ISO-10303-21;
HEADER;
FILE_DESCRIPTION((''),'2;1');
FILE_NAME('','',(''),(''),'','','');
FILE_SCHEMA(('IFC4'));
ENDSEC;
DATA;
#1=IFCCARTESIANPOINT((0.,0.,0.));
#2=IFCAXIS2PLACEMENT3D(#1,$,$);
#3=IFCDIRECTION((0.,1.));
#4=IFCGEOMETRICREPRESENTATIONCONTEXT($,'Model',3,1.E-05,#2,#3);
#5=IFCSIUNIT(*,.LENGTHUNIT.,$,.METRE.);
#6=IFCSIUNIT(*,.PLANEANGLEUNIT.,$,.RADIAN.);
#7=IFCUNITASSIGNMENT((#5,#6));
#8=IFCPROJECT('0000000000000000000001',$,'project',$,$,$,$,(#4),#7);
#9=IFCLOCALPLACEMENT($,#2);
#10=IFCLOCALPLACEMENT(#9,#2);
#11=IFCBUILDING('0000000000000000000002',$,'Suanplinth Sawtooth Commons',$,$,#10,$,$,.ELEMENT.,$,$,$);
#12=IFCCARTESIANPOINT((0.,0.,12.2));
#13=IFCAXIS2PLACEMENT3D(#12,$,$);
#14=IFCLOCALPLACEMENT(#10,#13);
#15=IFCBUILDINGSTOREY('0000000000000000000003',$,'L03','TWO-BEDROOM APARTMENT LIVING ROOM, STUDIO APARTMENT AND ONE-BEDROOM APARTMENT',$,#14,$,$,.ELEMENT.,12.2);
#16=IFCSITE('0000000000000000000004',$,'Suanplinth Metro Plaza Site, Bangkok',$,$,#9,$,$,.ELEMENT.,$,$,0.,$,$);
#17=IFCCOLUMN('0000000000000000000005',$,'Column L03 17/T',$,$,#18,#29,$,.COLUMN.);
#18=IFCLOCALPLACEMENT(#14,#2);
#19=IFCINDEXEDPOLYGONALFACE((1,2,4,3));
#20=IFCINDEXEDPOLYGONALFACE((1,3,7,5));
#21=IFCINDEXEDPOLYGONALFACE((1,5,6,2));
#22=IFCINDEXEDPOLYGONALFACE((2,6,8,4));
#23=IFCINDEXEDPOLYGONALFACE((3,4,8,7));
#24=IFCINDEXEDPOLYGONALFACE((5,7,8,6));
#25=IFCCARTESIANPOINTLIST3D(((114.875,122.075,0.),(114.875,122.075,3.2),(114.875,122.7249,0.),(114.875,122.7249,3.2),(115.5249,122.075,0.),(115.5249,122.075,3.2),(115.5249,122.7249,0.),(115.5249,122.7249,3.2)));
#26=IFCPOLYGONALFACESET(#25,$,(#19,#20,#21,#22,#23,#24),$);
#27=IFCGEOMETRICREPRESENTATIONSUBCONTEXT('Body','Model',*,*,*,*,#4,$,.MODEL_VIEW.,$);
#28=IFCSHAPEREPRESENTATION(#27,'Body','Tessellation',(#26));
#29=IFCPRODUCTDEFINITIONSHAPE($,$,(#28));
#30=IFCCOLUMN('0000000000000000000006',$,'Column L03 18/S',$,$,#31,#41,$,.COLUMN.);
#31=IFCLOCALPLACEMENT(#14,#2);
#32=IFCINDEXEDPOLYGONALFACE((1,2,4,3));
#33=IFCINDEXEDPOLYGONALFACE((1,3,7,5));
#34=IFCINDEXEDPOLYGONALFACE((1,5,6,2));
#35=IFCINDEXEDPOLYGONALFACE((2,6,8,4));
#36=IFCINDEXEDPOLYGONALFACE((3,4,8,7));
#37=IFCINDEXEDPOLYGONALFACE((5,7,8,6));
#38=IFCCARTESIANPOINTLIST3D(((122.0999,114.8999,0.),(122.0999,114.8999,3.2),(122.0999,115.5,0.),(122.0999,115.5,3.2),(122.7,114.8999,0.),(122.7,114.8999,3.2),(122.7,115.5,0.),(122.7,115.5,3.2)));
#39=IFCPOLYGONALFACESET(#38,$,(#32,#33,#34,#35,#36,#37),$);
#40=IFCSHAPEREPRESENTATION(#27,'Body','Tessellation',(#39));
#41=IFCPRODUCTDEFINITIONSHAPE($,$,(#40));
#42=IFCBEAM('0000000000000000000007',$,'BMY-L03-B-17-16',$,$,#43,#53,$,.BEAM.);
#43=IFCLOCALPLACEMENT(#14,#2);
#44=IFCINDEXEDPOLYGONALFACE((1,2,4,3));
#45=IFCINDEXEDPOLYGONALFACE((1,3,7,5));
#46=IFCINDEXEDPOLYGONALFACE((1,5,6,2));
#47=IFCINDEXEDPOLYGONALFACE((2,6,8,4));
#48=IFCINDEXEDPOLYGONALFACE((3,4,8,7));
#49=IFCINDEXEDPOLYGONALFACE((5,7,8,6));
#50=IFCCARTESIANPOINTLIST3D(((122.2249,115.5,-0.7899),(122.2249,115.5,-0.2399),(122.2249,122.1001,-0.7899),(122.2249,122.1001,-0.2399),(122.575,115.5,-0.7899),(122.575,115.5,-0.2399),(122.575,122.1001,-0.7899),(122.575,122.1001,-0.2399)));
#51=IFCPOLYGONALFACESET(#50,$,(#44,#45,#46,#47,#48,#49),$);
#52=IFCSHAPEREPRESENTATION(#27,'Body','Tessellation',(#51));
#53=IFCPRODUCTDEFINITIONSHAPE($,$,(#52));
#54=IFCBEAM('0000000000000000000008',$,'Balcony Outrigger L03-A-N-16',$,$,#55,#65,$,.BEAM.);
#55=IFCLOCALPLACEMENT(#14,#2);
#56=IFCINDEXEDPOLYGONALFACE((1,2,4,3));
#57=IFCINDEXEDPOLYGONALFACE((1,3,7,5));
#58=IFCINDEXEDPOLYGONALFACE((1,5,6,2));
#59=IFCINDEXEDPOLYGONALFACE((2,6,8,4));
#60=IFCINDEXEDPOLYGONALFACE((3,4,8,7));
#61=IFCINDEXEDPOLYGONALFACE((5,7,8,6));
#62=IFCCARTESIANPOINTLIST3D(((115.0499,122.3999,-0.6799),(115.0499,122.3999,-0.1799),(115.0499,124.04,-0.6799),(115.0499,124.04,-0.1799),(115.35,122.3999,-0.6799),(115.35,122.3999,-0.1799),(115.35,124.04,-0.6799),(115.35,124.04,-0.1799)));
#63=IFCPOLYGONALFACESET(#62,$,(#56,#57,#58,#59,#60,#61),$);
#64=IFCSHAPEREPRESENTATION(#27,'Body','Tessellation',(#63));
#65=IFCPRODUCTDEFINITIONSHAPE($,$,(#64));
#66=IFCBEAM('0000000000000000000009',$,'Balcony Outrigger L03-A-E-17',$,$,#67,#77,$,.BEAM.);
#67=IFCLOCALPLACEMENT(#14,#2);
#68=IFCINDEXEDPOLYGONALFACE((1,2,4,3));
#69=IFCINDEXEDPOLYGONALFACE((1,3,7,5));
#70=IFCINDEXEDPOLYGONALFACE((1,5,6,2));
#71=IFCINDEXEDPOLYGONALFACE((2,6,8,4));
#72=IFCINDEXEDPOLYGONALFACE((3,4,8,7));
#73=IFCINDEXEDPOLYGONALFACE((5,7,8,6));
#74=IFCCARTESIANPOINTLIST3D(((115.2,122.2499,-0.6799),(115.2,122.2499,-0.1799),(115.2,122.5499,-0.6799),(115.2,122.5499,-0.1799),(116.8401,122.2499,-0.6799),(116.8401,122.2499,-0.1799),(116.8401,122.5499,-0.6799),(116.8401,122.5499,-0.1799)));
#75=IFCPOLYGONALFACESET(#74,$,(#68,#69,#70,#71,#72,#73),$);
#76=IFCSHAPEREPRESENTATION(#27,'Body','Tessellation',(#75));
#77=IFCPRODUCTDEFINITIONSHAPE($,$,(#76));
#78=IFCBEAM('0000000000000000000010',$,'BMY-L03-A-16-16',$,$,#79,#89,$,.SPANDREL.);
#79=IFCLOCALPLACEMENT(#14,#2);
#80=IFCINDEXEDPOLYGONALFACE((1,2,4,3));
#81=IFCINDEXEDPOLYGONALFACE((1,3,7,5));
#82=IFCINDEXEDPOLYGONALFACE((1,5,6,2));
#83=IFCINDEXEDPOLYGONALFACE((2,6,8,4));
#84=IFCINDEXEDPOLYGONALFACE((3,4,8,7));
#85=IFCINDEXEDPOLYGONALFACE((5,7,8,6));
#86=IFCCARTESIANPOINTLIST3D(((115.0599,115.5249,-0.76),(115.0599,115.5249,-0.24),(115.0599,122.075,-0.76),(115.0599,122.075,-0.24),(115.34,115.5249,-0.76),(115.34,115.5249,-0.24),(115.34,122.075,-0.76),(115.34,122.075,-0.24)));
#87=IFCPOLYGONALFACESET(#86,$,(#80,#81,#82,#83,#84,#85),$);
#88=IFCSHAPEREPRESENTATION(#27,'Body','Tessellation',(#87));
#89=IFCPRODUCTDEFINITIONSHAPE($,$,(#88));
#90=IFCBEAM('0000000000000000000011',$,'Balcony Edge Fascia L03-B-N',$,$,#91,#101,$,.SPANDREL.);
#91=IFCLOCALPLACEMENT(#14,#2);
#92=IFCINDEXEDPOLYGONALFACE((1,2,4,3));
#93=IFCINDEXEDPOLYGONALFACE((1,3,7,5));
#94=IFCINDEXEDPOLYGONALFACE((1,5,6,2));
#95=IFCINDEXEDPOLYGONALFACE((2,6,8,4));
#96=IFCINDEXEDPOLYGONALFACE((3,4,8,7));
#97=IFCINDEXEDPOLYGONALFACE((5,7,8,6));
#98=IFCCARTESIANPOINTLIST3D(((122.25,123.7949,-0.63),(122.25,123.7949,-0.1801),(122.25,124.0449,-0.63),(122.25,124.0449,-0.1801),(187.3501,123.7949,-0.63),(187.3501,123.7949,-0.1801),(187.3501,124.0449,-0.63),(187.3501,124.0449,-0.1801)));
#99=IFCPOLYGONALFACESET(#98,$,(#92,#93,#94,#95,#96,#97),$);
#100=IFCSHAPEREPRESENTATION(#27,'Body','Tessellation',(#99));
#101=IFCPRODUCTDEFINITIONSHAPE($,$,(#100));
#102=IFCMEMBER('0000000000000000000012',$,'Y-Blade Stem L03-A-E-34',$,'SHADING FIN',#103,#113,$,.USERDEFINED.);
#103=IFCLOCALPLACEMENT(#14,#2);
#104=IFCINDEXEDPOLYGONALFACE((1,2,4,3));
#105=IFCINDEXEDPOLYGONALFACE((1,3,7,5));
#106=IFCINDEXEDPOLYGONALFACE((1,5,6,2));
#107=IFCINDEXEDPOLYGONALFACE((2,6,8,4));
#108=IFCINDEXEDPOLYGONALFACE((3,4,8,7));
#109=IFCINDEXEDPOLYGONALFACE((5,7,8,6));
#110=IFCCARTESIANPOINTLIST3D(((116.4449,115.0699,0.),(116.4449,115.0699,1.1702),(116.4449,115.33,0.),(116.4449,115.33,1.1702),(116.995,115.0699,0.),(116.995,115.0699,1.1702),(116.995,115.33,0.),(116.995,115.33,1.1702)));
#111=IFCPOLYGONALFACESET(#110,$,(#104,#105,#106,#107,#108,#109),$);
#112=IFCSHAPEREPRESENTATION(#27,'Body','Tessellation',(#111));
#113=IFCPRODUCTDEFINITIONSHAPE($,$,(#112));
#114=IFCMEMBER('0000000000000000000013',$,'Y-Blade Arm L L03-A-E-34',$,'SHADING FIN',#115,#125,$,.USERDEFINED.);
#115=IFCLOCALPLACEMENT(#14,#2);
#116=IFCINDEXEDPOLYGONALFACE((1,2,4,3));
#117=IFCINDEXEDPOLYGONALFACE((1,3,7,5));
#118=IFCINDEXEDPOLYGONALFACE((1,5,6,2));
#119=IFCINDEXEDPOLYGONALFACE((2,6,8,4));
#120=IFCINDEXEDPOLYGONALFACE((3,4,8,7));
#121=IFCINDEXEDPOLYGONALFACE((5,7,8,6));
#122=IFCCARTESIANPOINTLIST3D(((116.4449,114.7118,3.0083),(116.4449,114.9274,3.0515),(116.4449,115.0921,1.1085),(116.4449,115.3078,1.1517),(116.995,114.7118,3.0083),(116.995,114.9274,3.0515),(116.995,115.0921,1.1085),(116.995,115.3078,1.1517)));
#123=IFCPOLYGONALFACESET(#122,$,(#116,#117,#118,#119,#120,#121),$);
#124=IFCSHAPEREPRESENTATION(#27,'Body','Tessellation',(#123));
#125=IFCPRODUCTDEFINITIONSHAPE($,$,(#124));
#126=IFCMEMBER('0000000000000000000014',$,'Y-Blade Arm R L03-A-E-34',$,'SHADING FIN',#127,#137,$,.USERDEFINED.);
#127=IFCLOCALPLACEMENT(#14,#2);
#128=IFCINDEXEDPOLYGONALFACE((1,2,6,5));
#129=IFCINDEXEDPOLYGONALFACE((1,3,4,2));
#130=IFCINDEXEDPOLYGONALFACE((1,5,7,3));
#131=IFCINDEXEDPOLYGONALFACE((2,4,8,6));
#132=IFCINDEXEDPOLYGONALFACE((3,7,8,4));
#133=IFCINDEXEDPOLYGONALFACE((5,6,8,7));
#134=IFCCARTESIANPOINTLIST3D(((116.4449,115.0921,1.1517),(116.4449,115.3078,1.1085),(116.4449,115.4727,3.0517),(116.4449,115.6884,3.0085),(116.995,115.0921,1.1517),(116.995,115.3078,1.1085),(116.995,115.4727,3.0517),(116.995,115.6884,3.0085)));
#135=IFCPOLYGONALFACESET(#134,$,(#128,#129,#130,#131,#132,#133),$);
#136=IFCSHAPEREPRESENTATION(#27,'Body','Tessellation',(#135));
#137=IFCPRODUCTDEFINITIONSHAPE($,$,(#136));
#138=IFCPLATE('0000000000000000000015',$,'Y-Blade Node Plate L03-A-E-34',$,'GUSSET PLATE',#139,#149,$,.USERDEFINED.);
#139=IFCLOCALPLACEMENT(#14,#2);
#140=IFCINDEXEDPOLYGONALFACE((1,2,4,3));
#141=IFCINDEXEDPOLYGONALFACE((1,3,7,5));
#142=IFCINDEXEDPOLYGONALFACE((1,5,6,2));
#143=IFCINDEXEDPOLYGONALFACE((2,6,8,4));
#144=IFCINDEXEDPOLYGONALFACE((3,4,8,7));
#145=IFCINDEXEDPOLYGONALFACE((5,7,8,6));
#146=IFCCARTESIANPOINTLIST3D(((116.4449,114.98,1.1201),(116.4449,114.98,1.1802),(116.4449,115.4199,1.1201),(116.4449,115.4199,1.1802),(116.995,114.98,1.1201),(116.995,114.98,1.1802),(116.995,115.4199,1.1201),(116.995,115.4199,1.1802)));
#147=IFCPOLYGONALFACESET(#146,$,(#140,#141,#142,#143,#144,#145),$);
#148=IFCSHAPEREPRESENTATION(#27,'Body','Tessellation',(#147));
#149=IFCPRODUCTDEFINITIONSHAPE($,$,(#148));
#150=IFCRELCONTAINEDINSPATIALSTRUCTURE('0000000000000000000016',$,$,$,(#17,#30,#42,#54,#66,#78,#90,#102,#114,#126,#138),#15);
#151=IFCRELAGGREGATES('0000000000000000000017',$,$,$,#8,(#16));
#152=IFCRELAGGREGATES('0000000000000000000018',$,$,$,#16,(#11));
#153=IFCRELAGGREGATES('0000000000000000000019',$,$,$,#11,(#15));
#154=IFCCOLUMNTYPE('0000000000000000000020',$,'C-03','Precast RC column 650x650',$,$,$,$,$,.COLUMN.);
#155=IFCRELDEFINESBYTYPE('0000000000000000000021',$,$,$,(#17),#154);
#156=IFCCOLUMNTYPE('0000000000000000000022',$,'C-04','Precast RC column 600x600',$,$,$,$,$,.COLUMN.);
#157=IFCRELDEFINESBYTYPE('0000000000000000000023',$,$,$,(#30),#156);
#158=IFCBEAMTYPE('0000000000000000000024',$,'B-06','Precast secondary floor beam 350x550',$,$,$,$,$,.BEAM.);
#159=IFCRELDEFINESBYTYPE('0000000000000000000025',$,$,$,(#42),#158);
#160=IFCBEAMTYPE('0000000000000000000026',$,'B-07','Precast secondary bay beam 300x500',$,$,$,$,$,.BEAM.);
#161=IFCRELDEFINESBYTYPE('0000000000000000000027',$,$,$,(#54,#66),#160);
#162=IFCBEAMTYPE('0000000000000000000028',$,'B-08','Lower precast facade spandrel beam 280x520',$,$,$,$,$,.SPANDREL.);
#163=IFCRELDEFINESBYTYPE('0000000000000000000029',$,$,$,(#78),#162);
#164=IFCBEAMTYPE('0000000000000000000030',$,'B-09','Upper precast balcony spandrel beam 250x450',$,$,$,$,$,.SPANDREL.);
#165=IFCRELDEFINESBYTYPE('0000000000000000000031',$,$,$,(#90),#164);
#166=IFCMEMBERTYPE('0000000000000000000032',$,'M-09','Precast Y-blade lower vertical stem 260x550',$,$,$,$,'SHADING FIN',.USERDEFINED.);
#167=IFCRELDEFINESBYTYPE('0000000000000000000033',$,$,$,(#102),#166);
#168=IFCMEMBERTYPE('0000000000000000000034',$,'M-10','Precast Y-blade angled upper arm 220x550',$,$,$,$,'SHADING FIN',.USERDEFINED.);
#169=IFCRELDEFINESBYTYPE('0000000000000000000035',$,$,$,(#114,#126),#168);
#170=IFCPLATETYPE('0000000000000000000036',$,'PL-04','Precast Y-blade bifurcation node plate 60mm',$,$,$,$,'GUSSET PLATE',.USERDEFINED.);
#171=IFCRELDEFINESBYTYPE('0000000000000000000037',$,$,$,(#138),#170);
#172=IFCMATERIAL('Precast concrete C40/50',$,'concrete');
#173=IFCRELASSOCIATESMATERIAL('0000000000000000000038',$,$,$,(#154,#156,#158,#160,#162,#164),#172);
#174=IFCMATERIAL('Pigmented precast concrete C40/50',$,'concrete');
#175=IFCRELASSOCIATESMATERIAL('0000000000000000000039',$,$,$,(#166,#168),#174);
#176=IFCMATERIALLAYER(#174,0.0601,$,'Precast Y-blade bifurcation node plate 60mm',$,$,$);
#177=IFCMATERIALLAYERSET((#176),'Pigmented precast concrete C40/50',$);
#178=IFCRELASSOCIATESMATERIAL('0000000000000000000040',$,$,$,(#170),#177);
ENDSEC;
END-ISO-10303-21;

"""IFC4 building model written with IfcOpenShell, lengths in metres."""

from ifc_helpers import new_model, si_unit, direction, frame, origin, origin_2d, place, context, subcontext, project, spatial, rectangle, extrude, material, layer, layer_set, material_profile, profile_set, type_object, element, save


model = new_model("IFC4")

# Units and contexts
model_context = context("Model", 3, precision=1e-05, world=origin(), true_north=direction((0.0, 1.0)))
body_context = subcontext(model_context, "Body", "Model", "MODEL_VIEW")
ifc_project = project(units=[si_unit("LENGTHUNIT", "METRE"), si_unit("PLANEANGLEUNIT", "RADIAN")], contexts=[model_context])

# Site, building, storey
site_placement = place(None, origin())
site = spatial("IfcSite", under=ifc_project, at=site_placement, Name="Suanplinth Metro Plaza Site, Bangkok", CompositionType="ELEMENT", RefElevation=0.0)
building_placement = place(site_placement, origin())
building = spatial("IfcBuilding", under=site, at=building_placement, Name="Suanplinth Sawtooth Commons", CompositionType="ELEMENT")
storey_placement = place(building_placement, frame((0.0, 0.0, 12.2)))
storey = spatial("IfcBuildingStorey", under=building, at=storey_placement, Name="L03", Description="TWO-BEDROOM APARTMENT LIVING ROOM, STUDIO APARTMENT AND ONE-BEDROOM APARTMENT", CompositionType="ELEMENT", Elevation=12.2)

# Columns
ifc_material_1 = material(Name="Precast concrete C40/50", Category="concrete")
ifc_material_profile_1 = material_profile(ifc_material_1, rectangle(XDim=0.6499, YDim=0.6499, at=origin_2d()), Name="PC-COL 650x650")
ifc_profile_set_1 = profile_set([ifc_material_profile_1], Name="Precast concrete C40/50")
column_type_1 = type_object("IfcColumnType", Name="C-03", Description="Precast RC column 650x650", PredefinedType="COLUMN", material=ifc_profile_set_1)
column_1_placement = place(storey_placement, frame((115.2, 122.3999, 0.0), z_axis=(0.0, 0.0, 1.0), x_axis=(1.0, 0.0, 0.0)))
element("IfcColumn", 1, at=column_1_placement, inside=storey, type_object=column_type_1, Name="Column L03 17/T", PredefinedType="COLUMN", context=body_context, shape_type="SweptSolid", body=[
    extrude(rectangle(XDim=0.6499, YDim=0.6499, at=origin_2d()), origin(), (0.0, 0.0, 1.0), 3.2),
])
ifc_material_profile_2 = material_profile(ifc_material_1, rectangle(XDim=0.6001, YDim=0.6001, at=origin_2d()), Name="PC-COL 600x600")
ifc_profile_set_2 = profile_set([ifc_material_profile_2], Name="Precast concrete C40/50")
column_type_2 = type_object("IfcColumnType", Name="C-04", Description="Precast RC column 600x600", PredefinedType="COLUMN", material=ifc_profile_set_2)
column_2_placement = place(storey_placement, frame((122.3999, 115.2, 0.0), z_axis=(0.0, 0.0, 1.0), x_axis=(1.0, 0.0, 0.0)))
element("IfcColumn", 2, at=column_2_placement, inside=storey, type_object=column_type_2, Name="Column L03 18/S", PredefinedType="COLUMN", context=body_context, shape_type="SweptSolid", body=[
    extrude(rectangle(XDim=0.6001, YDim=0.6001, at=origin_2d()), origin(), (0.0, 0.0, 1.0), 3.2),
])

# Beams
ifc_material_profile_3 = material_profile(ifc_material_1, rectangle(XDim=0.3501, YDim=0.55, at=origin_2d()), Name="PC-BM 350x550")
ifc_profile_set_3 = profile_set([ifc_material_profile_3], Name="Precast concrete C40/50")
beam_type_1 = type_object("IfcBeamType", Name="B-06", Description="Precast secondary floor beam 350x550", PredefinedType="BEAM", material=ifc_profile_set_3)
beam_1_placement = place(storey_placement, frame((122.3999, 115.5, -0.5149), z_axis=(0.0, 1.0, 0.0), x_axis=(-1.0, 0.0, 0.0)))
element("IfcBeam", 3, at=beam_1_placement, inside=storey, type_object=beam_type_1, Name="BMY-L03-B-17-16", PredefinedType="BEAM", context=body_context, shape_type="SweptSolid", body=[
    extrude(rectangle(XDim=0.3501, YDim=0.55, at=origin_2d()), origin(), (0.0, 0.0, 1.0), 6.6001),
])
ifc_material_profile_4 = material_profile(ifc_material_1, rectangle(XDim=0.3, YDim=0.5, at=origin_2d()), Name="PC-BM 300x500")
ifc_profile_set_4 = profile_set([ifc_material_profile_4], Name="Precast concrete C40/50")
beam_type_2 = type_object("IfcBeamType", Name="B-07", Description="Precast secondary bay beam 300x500", PredefinedType="BEAM", material=ifc_profile_set_4)
for number, where, z_axis, x_axis, name in (
    (4, (115.2, 122.3999, -0.4299), (0.0, 1.0, 0.0), (-1.0, 0.0, 0.0), "Balcony Outrigger L03-A-N-16"),
    (5, (115.2, 122.3999, -0.4299), (1.0, 0.0, 0.0), (0.0, 1.0, 0.0), "Balcony Outrigger L03-A-E-17"),
):
    element("IfcBeam", number, at=place(storey_placement, frame(where, z_axis=z_axis, x_axis=x_axis)), inside=storey, type_object=beam_type_2, Name=name, PredefinedType="BEAM", context=body_context, shape_type="SweptSolid", body=[
        extrude(rectangle(XDim=0.3, YDim=0.5, at=origin_2d()), origin(), (0.0, 0.0, 1.0), 1.6401),
    ])
ifc_material_profile_5 = material_profile(ifc_material_1, rectangle(XDim=0.28, YDim=0.52, at=origin_2d()), Name="PC-SP 280x520")
ifc_profile_set_5 = profile_set([ifc_material_profile_5], Name="Precast concrete C40/50")
beam_type_3 = type_object("IfcBeamType", Name="B-08", Description="Lower precast facade spandrel beam 280x520", PredefinedType="SPANDREL", material=ifc_profile_set_5)
beam_2_placement = place(storey_placement, frame((115.2, 115.5249, -0.5), z_axis=(0.0, 1.0, 0.0), x_axis=(-1.0, 0.0, 0.0)))
element("IfcBeam", 6, at=beam_2_placement, inside=storey, type_object=beam_type_3, Name="BMY-L03-A-16-16", PredefinedType="SPANDREL", context=body_context, shape_type="SweptSolid", body=[
    extrude(rectangle(XDim=0.28, YDim=0.52, at=origin_2d()), origin(), (0.0, 0.0, 1.0), 6.55),
])
ifc_material_profile_6 = material_profile(ifc_material_1, rectangle(XDim=0.25, YDim=0.45, at=origin_2d()), Name="PC-SP 250x450")
ifc_profile_set_6 = profile_set([ifc_material_profile_6], Name="Precast concrete C40/50")
beam_type_4 = type_object("IfcBeamType", Name="B-09", Description="Upper precast balcony spandrel beam 250x450", PredefinedType="SPANDREL", material=ifc_profile_set_6)
beam_3_placement = place(storey_placement, frame((122.25, 123.9199, -0.405), z_axis=(1.0, 0.0, 0.0), x_axis=(0.0, 1.0, 0.0)))
element("IfcBeam", 7, at=beam_3_placement, inside=storey, type_object=beam_type_4, Name="Balcony Edge Fascia L03-B-N", PredefinedType="SPANDREL", context=body_context, shape_type="SweptSolid", body=[
    extrude(rectangle(XDim=0.25, YDim=0.45, at=origin_2d()), origin(), (0.0, 0.0, 1.0), 65.1001),
])

# Members
ifc_material_2 = material(Name="Pigmented precast concrete C40/50", Category="concrete")
ifc_material_profile_7 = material_profile(ifc_material_2, rectangle(XDim=0.26, YDim=0.55, at=origin_2d()), Name="PC-FIN 260x550")
ifc_profile_set_7 = profile_set([ifc_material_profile_7], Name="Pigmented precast concrete C40/50")
member_type_1 = type_object("IfcMemberType", Name="M-09", Description="Precast Y-blade lower vertical stem 260x550", ElementType="SHADING FIN", PredefinedType="USERDEFINED", material=ifc_profile_set_7)
member_1_placement = place(storey_placement, frame((116.72, 115.2, 0.0), z_axis=(0.0, 0.0, 1.0), x_axis=(0.0, 1.0, 0.0)))
element("IfcMember", 8, at=member_1_placement, inside=storey, type_object=member_type_1, Name="Y-Blade Stem L03-A-E-34", ObjectType="SHADING FIN", PredefinedType="USERDEFINED", context=body_context, shape_type="SweptSolid", body=[
    extrude(rectangle(XDim=0.26, YDim=0.55, at=origin_2d()), origin(), (0.0, 0.0, 1.0), 1.1702),
])
ifc_material_profile_8 = material_profile(ifc_material_2, rectangle(XDim=0.22, YDim=0.55, at=origin_2d()), Name="PC-FIN 220x550")
ifc_profile_set_8 = profile_set([ifc_material_profile_8], Name="Pigmented precast concrete C40/50")
member_type_2 = type_object("IfcMemberType", Name="M-10", Description="Precast Y-blade angled upper arm 220x550", ElementType="SHADING FIN", PredefinedType="USERDEFINED", material=ifc_profile_set_8)
member_2_placement = place(storey_placement, frame((116.72, 115.2, 1.1301), z_axis=(0.0, -0.19631, 0.980542), x_axis=(0.0, 0.980542, 0.19631)))
element("IfcMember", 9, at=member_2_placement, inside=storey, type_object=member_type_2, Name="Y-Blade Arm L L03-A-E-34", ObjectType="SHADING FIN", PredefinedType="USERDEFINED", context=body_context, shape_type="SweptSolid", body=[
    extrude(rectangle(XDim=0.22, YDim=0.55, at=origin_2d()), origin(), (0.0, 0.0, 1.0), 1.9375),
])
member_3_placement = place(storey_placement, frame((116.72, 115.2, 1.1301), z_axis=(0.0, 0.196431, 0.980518), x_axis=(0.0, -0.980518, 0.196431)))
element("IfcMember", 10, at=member_3_placement, inside=storey, type_object=member_type_2, Name="Y-Blade Arm R L03-A-E-34", ObjectType="SHADING FIN", PredefinedType="USERDEFINED", context=body_context, shape_type="SweptSolid", body=[
    extrude(rectangle(XDim=0.22, YDim=0.55, at=origin_2d()), origin(), (0.0, 0.0, 1.0), 1.9377),
])

# Plate
ifc_layer_1 = layer(ifc_material_2, 0.0601, Name="Precast Y-blade bifurcation node plate 60mm")
ifc_layer_set_1 = layer_set([ifc_layer_1], Name="Pigmented precast concrete C40/50")
plate_type = type_object("IfcPlateType", Name="PL-04", Description="Precast Y-blade bifurcation node plate 60mm", ElementType="GUSSET PLATE", PredefinedType="USERDEFINED", material=ifc_layer_set_1)
plate_placement = place(storey_placement, frame((116.72, 115.2, 1.1201), z_axis=(0.0, 0.0, 1.0), x_axis=(0.0, 1.0, 0.0)))
element("IfcPlate", 11, at=plate_placement, inside=storey, type_object=plate_type, Name="Y-Blade Node Plate L03-A-E-34", ObjectType="GUSSET PLATE", PredefinedType="USERDEFINED", context=body_context, shape_type="SweptSolid", body=[
    extrude(rectangle(XDim=0.4399, YDim=0.55, at=origin_2d()), origin(), (0.0, 0.0, 1.0), 0.0601),
])

save(model, "model.ifc")
